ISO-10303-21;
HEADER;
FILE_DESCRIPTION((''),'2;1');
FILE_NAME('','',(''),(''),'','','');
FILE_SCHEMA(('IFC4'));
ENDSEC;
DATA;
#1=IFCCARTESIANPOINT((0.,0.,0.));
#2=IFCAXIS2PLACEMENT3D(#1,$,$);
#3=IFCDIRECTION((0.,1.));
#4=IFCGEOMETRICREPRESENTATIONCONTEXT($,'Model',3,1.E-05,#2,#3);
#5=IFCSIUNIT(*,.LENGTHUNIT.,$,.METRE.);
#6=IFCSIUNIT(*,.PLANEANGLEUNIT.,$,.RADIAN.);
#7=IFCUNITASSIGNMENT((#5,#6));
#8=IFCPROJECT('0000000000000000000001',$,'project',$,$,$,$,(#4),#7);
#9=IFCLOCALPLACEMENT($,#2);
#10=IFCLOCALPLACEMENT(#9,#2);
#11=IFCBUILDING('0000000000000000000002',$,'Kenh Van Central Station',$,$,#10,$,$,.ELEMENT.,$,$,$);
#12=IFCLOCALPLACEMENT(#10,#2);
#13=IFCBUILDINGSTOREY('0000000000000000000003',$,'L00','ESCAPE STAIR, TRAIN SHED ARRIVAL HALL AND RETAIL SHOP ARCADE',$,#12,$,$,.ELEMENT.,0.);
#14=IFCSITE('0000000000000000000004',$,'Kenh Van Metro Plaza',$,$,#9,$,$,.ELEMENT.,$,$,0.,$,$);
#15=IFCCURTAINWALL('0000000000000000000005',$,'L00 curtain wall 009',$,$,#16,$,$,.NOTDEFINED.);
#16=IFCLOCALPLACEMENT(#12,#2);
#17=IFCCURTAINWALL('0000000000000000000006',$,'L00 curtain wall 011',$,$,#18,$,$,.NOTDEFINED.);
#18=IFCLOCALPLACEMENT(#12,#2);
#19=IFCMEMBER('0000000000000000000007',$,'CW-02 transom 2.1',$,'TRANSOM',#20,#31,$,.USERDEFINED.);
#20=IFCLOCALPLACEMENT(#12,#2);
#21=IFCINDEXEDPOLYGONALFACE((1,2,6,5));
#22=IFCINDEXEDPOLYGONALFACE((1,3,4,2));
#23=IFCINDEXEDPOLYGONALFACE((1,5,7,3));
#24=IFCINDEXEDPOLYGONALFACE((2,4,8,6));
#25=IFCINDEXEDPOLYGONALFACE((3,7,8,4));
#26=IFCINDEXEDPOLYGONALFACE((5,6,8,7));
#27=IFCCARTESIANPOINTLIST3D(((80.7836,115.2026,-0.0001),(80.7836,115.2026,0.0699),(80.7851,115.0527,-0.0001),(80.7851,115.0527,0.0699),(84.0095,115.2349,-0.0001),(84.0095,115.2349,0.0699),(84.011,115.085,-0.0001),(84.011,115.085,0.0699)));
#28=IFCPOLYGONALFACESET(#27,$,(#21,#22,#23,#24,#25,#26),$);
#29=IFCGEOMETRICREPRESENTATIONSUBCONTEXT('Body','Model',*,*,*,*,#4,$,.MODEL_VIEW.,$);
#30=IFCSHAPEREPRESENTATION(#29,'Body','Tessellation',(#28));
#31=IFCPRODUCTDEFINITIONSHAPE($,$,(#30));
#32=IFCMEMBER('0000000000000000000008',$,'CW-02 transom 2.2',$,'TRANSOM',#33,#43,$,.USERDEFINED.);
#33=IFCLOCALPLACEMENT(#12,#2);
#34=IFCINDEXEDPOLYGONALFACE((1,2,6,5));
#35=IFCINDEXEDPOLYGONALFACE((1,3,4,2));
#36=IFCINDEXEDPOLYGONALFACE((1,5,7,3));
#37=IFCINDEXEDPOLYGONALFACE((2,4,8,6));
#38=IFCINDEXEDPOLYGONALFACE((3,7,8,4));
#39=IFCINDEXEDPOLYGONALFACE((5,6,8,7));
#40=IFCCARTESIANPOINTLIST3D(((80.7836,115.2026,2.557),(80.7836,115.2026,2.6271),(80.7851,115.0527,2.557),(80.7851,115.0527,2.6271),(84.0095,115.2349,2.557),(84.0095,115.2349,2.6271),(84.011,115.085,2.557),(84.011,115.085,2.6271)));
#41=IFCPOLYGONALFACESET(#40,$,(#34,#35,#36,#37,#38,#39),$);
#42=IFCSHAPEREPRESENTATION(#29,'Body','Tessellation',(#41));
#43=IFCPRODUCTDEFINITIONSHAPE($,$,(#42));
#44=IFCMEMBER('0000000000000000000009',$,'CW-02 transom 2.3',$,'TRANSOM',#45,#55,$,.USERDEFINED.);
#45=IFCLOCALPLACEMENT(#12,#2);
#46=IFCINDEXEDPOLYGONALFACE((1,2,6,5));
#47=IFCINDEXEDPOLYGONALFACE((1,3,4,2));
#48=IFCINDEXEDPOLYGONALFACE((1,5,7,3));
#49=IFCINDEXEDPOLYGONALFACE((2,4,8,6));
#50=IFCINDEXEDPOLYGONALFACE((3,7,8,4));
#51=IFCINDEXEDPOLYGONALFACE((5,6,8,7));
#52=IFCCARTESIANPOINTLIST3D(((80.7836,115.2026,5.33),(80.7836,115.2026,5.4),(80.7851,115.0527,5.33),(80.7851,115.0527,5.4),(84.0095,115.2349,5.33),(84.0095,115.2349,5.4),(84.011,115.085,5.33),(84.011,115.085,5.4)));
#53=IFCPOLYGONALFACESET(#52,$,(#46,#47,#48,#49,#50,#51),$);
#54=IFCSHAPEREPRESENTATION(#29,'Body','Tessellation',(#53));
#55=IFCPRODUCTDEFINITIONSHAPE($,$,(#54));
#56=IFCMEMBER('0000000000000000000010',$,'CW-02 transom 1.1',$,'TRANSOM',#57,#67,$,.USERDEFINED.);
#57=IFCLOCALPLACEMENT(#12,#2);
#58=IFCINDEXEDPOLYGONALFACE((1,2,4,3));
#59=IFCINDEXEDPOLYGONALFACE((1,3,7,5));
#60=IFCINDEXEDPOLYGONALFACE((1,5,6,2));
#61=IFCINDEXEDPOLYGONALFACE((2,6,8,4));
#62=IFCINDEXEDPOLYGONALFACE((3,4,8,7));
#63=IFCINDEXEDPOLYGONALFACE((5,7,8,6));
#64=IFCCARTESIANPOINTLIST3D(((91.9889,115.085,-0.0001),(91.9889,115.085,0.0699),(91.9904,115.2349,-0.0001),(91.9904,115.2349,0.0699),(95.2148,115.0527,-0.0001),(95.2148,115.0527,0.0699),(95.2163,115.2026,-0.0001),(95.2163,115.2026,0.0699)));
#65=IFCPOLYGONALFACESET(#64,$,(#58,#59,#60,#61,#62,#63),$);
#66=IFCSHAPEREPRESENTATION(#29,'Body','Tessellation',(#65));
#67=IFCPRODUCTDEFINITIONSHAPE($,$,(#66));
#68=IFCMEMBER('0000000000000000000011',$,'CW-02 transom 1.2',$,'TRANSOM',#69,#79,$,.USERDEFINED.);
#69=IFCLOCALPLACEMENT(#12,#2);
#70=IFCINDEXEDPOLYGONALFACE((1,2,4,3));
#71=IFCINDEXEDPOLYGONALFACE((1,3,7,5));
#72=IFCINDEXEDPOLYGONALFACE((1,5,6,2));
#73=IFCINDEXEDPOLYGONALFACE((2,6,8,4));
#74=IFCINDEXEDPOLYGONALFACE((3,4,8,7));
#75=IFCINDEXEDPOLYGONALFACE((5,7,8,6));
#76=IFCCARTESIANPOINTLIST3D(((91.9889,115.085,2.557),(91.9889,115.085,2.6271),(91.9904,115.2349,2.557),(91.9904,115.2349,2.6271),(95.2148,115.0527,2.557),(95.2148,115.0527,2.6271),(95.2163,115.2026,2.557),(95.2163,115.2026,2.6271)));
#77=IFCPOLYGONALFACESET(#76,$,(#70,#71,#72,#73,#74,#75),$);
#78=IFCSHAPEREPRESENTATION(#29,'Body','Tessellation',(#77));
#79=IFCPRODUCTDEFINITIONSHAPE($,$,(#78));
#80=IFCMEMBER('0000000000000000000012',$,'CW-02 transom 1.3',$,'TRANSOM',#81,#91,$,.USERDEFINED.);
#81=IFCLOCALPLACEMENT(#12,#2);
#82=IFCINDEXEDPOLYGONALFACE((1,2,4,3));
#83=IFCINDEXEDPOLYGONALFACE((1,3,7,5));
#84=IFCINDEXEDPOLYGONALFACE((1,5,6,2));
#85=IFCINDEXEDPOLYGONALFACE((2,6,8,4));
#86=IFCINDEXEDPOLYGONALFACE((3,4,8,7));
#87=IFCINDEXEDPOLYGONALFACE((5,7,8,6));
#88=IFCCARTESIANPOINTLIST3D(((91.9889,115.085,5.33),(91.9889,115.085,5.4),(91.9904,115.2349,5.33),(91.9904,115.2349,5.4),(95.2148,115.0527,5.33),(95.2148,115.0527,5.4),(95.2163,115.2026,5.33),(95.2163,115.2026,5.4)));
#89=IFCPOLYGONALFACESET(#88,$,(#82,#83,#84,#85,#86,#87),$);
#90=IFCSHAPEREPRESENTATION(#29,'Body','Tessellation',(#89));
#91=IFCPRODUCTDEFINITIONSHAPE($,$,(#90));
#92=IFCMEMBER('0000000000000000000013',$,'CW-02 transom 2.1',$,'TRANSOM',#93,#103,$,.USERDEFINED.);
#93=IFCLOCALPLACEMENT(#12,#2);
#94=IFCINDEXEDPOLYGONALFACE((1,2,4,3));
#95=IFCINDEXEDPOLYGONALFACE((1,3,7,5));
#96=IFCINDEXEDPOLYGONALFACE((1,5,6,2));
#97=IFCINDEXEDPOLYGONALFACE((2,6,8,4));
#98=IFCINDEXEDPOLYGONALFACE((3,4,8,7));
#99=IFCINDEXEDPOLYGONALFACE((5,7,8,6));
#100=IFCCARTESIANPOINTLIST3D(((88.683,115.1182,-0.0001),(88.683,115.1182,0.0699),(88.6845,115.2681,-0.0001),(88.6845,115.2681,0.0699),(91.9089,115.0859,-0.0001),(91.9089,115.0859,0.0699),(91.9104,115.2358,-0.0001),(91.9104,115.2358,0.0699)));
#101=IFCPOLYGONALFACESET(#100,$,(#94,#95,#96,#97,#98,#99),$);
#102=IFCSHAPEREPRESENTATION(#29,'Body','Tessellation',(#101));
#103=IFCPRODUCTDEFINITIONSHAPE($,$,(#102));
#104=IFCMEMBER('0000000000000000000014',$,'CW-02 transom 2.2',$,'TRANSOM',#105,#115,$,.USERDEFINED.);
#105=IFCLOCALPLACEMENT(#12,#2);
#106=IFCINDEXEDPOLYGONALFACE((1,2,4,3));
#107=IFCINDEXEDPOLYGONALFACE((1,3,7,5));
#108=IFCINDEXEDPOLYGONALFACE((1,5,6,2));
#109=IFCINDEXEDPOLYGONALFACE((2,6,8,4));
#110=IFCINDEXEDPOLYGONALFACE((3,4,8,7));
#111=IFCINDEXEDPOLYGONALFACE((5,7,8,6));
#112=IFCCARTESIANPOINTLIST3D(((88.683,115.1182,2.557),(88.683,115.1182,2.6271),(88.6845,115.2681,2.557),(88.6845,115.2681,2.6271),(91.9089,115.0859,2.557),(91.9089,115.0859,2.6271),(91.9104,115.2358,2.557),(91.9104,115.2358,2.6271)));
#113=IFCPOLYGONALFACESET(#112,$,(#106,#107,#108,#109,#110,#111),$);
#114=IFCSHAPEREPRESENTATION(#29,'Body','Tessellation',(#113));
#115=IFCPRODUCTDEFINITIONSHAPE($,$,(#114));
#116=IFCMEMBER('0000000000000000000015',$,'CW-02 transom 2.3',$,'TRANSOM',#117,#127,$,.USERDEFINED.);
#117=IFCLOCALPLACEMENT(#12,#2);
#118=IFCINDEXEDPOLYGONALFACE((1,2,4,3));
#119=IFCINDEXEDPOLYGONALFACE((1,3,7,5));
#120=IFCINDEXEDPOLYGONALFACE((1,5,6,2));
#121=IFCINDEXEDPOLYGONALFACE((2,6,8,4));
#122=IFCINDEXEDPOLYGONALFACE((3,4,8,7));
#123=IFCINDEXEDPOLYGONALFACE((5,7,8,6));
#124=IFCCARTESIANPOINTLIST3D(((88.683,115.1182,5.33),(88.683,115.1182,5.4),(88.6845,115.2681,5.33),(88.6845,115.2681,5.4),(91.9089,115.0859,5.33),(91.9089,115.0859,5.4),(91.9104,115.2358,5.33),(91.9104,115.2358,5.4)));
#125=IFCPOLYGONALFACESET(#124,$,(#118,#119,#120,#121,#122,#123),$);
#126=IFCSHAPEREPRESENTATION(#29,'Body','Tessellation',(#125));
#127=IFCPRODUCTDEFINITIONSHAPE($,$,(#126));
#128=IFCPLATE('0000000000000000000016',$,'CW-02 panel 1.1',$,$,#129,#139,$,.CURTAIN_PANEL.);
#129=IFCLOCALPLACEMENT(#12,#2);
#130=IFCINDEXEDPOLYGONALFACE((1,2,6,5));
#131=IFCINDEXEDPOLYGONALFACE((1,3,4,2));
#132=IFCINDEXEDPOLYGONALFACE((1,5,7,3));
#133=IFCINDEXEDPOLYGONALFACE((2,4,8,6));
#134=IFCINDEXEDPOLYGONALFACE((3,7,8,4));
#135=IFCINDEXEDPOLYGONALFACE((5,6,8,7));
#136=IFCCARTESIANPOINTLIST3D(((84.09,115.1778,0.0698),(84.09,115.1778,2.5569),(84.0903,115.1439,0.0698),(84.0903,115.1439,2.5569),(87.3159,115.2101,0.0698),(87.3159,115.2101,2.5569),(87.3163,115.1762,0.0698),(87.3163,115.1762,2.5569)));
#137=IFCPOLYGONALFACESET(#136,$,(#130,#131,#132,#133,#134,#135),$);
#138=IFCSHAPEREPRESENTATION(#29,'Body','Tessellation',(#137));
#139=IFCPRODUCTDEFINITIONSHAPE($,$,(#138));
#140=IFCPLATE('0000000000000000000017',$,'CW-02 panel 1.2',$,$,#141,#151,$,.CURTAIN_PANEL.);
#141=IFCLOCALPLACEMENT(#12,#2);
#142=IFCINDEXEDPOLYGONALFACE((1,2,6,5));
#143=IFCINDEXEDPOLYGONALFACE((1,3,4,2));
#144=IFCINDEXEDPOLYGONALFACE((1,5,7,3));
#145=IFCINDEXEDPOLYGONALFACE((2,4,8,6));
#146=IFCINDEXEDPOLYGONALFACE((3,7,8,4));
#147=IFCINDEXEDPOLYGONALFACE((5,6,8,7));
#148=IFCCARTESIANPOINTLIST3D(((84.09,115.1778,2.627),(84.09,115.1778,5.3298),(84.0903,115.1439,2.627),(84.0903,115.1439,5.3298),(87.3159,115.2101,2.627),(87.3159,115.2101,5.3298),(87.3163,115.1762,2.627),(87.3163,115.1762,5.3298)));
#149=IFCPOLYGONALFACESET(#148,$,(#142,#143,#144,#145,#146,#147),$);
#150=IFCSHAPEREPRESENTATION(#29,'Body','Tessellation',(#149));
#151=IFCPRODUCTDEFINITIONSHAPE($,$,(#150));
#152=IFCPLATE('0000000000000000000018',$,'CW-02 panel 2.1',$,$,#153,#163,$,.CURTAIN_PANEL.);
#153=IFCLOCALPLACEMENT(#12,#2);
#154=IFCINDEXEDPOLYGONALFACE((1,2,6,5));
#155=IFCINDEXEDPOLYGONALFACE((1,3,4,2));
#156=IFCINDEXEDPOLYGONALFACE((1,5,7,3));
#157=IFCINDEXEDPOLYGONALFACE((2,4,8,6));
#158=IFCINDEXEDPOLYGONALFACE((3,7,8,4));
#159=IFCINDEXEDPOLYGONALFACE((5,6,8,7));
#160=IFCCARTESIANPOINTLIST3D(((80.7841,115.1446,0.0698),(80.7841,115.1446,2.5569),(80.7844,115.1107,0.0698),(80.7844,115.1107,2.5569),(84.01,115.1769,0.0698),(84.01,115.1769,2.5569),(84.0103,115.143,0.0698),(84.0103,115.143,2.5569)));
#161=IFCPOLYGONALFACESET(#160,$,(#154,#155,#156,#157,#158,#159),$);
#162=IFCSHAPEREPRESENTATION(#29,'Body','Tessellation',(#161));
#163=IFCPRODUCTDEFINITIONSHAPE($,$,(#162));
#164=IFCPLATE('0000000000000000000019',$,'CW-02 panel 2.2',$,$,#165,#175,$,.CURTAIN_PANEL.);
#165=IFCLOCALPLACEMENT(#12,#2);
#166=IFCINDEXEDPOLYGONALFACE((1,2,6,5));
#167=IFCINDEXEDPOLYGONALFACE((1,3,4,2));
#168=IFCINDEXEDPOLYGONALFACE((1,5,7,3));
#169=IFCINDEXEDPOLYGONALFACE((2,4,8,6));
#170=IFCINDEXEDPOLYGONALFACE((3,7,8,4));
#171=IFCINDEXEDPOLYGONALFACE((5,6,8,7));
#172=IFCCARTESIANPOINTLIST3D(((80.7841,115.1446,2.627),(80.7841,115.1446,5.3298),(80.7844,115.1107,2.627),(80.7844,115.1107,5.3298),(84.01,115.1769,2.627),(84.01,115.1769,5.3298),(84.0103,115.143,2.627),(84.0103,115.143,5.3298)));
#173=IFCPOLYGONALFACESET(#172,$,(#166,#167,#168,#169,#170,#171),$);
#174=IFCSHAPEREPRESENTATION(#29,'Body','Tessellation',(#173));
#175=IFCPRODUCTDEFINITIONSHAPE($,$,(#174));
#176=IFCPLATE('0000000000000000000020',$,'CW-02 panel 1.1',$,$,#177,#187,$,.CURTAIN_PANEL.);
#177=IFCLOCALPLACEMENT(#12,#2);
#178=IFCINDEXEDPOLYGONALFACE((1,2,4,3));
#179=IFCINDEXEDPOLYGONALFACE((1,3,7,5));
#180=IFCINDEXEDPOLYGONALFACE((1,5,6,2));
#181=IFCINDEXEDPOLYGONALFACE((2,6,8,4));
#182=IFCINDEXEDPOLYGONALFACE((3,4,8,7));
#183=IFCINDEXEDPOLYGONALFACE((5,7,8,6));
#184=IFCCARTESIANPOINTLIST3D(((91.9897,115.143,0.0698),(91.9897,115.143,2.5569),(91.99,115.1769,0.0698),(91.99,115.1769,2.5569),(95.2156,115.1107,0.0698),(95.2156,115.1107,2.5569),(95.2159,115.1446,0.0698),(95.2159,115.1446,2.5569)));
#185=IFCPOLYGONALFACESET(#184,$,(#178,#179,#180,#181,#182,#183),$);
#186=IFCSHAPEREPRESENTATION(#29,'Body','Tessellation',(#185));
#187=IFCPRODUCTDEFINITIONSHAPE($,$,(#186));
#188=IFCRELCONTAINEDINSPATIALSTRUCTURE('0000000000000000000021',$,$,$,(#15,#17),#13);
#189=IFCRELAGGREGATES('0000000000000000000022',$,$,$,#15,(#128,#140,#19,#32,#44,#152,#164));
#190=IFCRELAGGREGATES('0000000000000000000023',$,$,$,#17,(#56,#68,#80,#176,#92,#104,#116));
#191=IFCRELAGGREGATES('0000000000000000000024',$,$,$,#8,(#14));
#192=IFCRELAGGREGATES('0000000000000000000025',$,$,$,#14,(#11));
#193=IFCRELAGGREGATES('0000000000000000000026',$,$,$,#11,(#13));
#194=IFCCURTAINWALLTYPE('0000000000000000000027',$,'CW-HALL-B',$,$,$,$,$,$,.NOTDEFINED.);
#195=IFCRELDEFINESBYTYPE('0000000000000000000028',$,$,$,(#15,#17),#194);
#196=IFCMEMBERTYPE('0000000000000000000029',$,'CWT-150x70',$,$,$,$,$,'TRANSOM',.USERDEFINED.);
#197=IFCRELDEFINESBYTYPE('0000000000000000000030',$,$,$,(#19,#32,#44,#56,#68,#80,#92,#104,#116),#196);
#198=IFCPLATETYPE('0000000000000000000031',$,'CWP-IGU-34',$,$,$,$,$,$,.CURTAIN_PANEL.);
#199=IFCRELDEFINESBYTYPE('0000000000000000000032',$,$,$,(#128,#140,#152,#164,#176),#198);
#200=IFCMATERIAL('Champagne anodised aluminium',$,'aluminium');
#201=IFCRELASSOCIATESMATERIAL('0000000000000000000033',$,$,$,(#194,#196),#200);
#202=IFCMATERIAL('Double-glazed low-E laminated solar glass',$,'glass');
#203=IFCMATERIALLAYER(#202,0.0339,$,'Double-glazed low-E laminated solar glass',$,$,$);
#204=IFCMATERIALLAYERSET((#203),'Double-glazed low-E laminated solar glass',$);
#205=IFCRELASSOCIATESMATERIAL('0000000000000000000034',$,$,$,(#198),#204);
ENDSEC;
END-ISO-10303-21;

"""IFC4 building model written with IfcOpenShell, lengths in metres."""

from ifc_helpers import new_model, si_unit, direction, frame, origin, origin_2d, place, context, subcontext, project, spatial, rectangle, extrude, material, layer, layer_set, material_profile, profile_set, type_object, element, aggregate, save


model = new_model("IFC4")

# Units and contexts
model_context = context("Model", 3, precision=1e-05, world=origin(), true_north=direction((0.0, 1.0)))
body_context = subcontext(model_context, "Body", "Model", "MODEL_VIEW")
ifc_project = project(units=[si_unit("LENGTHUNIT", "METRE"), si_unit("PLANEANGLEUNIT", "RADIAN")], contexts=[model_context])

# Site, building, storey
site_placement = place(None, origin())
site = spatial("IfcSite", under=ifc_project, at=site_placement, Name="Kenh Van Metro Plaza", CompositionType="ELEMENT", RefElevation=0.0)
building_placement = place(site_placement, origin())
building = spatial("IfcBuilding", under=site, at=building_placement, Name="Kenh Van Central Station", CompositionType="ELEMENT")
storey_placement = place(building_placement, origin())
storey = spatial("IfcBuildingStorey", under=building, at=storey_placement, Name="L00", Description="ESCAPE STAIR, TRAIN SHED ARRIVAL HALL AND RETAIL SHOP ARCADE", CompositionType="ELEMENT", Elevation=0.0)

# Curtain walls
ifc_material_1 = material(Name="Champagne anodised aluminium", Category="aluminium")
curtain_wall_type = type_object("IfcCurtainWallType", Name="CW-HALL-B", PredefinedType="NOTDEFINED", material=ifc_material_1)
curtain_wall_1_placement = place(storey_placement, origin())
curtain_wall_1 = element("IfcCurtainWall", 1, at=curtain_wall_1_placement, inside=storey, type_object=curtain_wall_type, Name="L00 curtain wall 009", PredefinedType="NOTDEFINED")
curtain_wall_2_placement = place(storey_placement, origin())
curtain_wall_2 = element("IfcCurtainWall", 2, at=curtain_wall_2_placement, inside=storey, type_object=curtain_wall_type, Name="L00 curtain wall 011", PredefinedType="NOTDEFINED")

# Members
ifc_material_profile_1 = material_profile(ifc_material_1, rectangle(XDim=0.1499, YDim=0.0701, at=origin_2d()), Name="AL 150x70")
ifc_profile_set_1 = profile_set([ifc_material_profile_1], Name="Champagne anodised aluminium")
member_type_1 = type_object("IfcMemberType", Name="CWT-150x70", ElementType="TRANSOM", PredefinedType="USERDEFINED", material=ifc_profile_set_1)
member_1_placement = place(storey_placement, frame((84.0103, 115.1599, 0.0349), z_axis=(-0.99995, -0.00999, 0.0), x_axis=(0.00999, -0.99995, 0.0)))
member_1 = element("IfcMember", 3, at=member_1_placement, type_object=member_type_1, Name="CW-02 transom 2.1", ObjectType="TRANSOM", PredefinedType="USERDEFINED", context=body_context, shape_type="SweptSolid", body=[
    extrude(rectangle(XDim=0.1499, YDim=0.0701, at=origin_2d()), origin(), (0.0, 0.0, 1.0), 3.2261),
])
member_2_placement = place(storey_placement, frame((84.0103, 115.1599, 2.592), z_axis=(-0.99995, -0.00999, 0.0), x_axis=(0.00999, -0.99995, 0.0)))
member_2 = element("IfcMember", 4, at=member_2_placement, type_object=member_type_1, Name="CW-02 transom 2.2", ObjectType="TRANSOM", PredefinedType="USERDEFINED", context=body_context, shape_type="SweptSolid", body=[
    extrude(rectangle(XDim=0.1499, YDim=0.0701, at=origin_2d()), origin(), (0.0, 0.0, 1.0), 3.2261),
])
member_3_placement = place(storey_placement, frame((84.0103, 115.1599, 5.365), z_axis=(-0.99995, -0.00999, 0.0), x_axis=(0.00999, -0.99995, 0.0)))
member_3 = element("IfcMember", 5, at=member_3_placement, type_object=member_type_1, Name="CW-02 transom 2.3", ObjectType="TRANSOM", PredefinedType="USERDEFINED", context=body_context, shape_type="SweptSolid", body=[
    extrude(rectangle(XDim=0.1499, YDim=0.0701, at=origin_2d()), origin(), (0.0, 0.0, 1.0), 3.2261),
])
member_4_placement = place(storey_placement, frame((95.2156, 115.1277, 0.0349), z_axis=(-0.99995, 0.00999, 0.0), x_axis=(-0.00999, -0.99995, 0.0)))
member_4 = element("IfcMember", 6, at=member_4_placement, type_object=member_type_1, Name="CW-02 transom 1.1", ObjectType="TRANSOM", PredefinedType="USERDEFINED", context=body_context, shape_type="SweptSolid", body=[
    extrude(rectangle(XDim=0.1499, YDim=0.0701, at=origin_2d()), origin(), (0.0, 0.0, 1.0), 3.2261),
])
member_5_placement = place(storey_placement, frame((95.2156, 115.1277, 2.592), z_axis=(-0.99995, 0.00999, 0.0), x_axis=(-0.00999, -0.99995, 0.0)))
member_5 = element("IfcMember", 7, at=member_5_placement, type_object=member_type_1, Name="CW-02 transom 1.2", ObjectType="TRANSOM", PredefinedType="USERDEFINED", context=body_context, shape_type="SweptSolid", body=[
    extrude(rectangle(XDim=0.1499, YDim=0.0701, at=origin_2d()), origin(), (0.0, 0.0, 1.0), 3.2261),
])
member_6_placement = place(storey_placement, frame((95.2156, 115.1277, 5.365), z_axis=(-0.99995, 0.00999, 0.0), x_axis=(-0.00999, -0.99995, 0.0)))
member_6 = element("IfcMember", 8, at=member_6_placement, type_object=member_type_1, Name="CW-02 transom 1.3", ObjectType="TRANSOM", PredefinedType="USERDEFINED", context=body_context, shape_type="SweptSolid", body=[
    extrude(rectangle(XDim=0.1499, YDim=0.0701, at=origin_2d()), origin(), (0.0, 0.0, 1.0), 3.2261),
])
member_7_placement = place(storey_placement, frame((91.9097, 115.1609, 0.0349), z_axis=(-0.99995, 0.00999, 0.0), x_axis=(-0.00999, -0.99995, 0.0)))
member_7 = element("IfcMember", 9, at=member_7_placement, type_object=member_type_1, Name="CW-02 transom 2.1", ObjectType="TRANSOM", PredefinedType="USERDEFINED", context=body_context, shape_type="SweptSolid", body=[
    extrude(rectangle(XDim=0.1499, YDim=0.0701, at=origin_2d()), origin(), (0.0, 0.0, 1.0), 3.2261),
])
member_8_placement = place(storey_placement, frame((91.9097, 115.1609, 2.592), z_axis=(-0.99995, 0.00999, 0.0), x_axis=(-0.00999, -0.99995, 0.0)))
member_8 = element("IfcMember", 10, at=member_8_placement, type_object=member_type_1, Name="CW-02 transom 2.2", ObjectType="TRANSOM", PredefinedType="USERDEFINED", context=body_context, shape_type="SweptSolid", body=[
    extrude(rectangle(XDim=0.1499, YDim=0.0701, at=origin_2d()), origin(), (0.0, 0.0, 1.0), 3.2261),
])
member_9_placement = place(storey_placement, frame((91.9097, 115.1609, 5.365), z_axis=(-0.99995, 0.00999, 0.0), x_axis=(-0.00999, -0.99995, 0.0)))
member_9 = element("IfcMember", 11, at=member_9_placement, type_object=member_type_1, Name="CW-02 transom 2.3", ObjectType="TRANSOM", PredefinedType="USERDEFINED", context=body_context, shape_type="SweptSolid", body=[
    extrude(rectangle(XDim=0.1499, YDim=0.0701, at=origin_2d()), origin(), (0.0, 0.0, 1.0), 3.2261),
])

# Plates
ifc_material_2 = material(Name="Double-glazed low-E laminated solar glass", Category="glass")
ifc_layer_1 = layer(ifc_material_2, 0.0339, Name="Double-glazed low-E laminated solar glass")
ifc_layer_set_1 = layer_set([ifc_layer_1], Name="Double-glazed low-E laminated solar glass")
plate_type = type_object("IfcPlateType", Name="CWP-IGU-34", PredefinedType="CURTAIN_PANEL", material=ifc_layer_set_1)
plate_1_placement = place(storey_placement, frame((85.7031, 115.177, 0.0698), z_axis=(0.0, 0.0, 1.0), x_axis=(-0.99995, -0.010012, 0.0)))
plate_1 = element("IfcPlate", 12, at=plate_1_placement, type_object=plate_type, Name="CW-02 panel 1.1", PredefinedType="CURTAIN_PANEL", context=body_context, shape_type="SweptSolid", body=[
    extrude(rectangle(XDim=3.2261, YDim=0.0339, at=origin_2d()), origin(), (0.0, 0.0, 1.0), 2.4871),
])
plate_2_placement = place(storey_placement, frame((85.7031, 115.177, 2.627), z_axis=(0.0, 0.0, 1.0), x_axis=(-0.99995, -0.010012, 0.0)))
plate_2 = element("IfcPlate", 13, at=plate_2_placement, type_object=plate_type, Name="CW-02 panel 1.2", PredefinedType="CURTAIN_PANEL", context=body_context, shape_type="SweptSolid", body=[
    extrude(rectangle(XDim=3.2261, YDim=0.0339, at=origin_2d()), origin(), (0.0, 0.0, 1.0), 2.7029),
])
plate_3_placement = place(storey_placement, frame((82.3972, 115.1438, 0.0698), z_axis=(0.0, 0.0, 1.0), x_axis=(-0.99995, -0.010012, 0.0)))
plate_3 = element("IfcPlate", 14, at=plate_3_placement, type_object=plate_type, Name="CW-02 panel 2.1", PredefinedType="CURTAIN_PANEL", context=body_context, shape_type="SweptSolid", body=[
    extrude(rectangle(XDim=3.2261, YDim=0.0339, at=origin_2d()), origin(), (0.0, 0.0, 1.0), 2.4871),
])
plate_4_placement = place(storey_placement, frame((82.3972, 115.1438, 2.627), z_axis=(0.0, 0.0, 1.0), x_axis=(-0.99995, -0.010012, 0.0)))
plate_4 = element("IfcPlate", 15, at=plate_4_placement, type_object=plate_type, Name="CW-02 panel 2.2", PredefinedType="CURTAIN_PANEL", context=body_context, shape_type="SweptSolid", body=[
    extrude(rectangle(XDim=3.2261, YDim=0.0339, at=origin_2d()), origin(), (0.0, 0.0, 1.0), 2.7029),
])
aggregate(curtain_wall_1, [plate_1, plate_2, member_1, member_2, member_3, plate_3, plate_4])
plate_5_placement = place(storey_placement, frame((93.6028, 115.1438, 0.0698), z_axis=(0.0, 0.0, 1.0), x_axis=(-0.99995, 0.010012, 0.0)))
plate_5 = element("IfcPlate", 16, at=plate_5_placement, type_object=plate_type, Name="CW-02 panel 1.1", PredefinedType="CURTAIN_PANEL", context=body_context, shape_type="SweptSolid", body=[
    extrude(rectangle(XDim=3.2261, YDim=0.0339, at=origin_2d()), origin(), (0.0, 0.0, 1.0), 2.4871),
])
aggregate(curtain_wall_2, [member_4, member_5, member_6, plate_5, member_7, member_8, member_9])

save(model, "model.ifc")
